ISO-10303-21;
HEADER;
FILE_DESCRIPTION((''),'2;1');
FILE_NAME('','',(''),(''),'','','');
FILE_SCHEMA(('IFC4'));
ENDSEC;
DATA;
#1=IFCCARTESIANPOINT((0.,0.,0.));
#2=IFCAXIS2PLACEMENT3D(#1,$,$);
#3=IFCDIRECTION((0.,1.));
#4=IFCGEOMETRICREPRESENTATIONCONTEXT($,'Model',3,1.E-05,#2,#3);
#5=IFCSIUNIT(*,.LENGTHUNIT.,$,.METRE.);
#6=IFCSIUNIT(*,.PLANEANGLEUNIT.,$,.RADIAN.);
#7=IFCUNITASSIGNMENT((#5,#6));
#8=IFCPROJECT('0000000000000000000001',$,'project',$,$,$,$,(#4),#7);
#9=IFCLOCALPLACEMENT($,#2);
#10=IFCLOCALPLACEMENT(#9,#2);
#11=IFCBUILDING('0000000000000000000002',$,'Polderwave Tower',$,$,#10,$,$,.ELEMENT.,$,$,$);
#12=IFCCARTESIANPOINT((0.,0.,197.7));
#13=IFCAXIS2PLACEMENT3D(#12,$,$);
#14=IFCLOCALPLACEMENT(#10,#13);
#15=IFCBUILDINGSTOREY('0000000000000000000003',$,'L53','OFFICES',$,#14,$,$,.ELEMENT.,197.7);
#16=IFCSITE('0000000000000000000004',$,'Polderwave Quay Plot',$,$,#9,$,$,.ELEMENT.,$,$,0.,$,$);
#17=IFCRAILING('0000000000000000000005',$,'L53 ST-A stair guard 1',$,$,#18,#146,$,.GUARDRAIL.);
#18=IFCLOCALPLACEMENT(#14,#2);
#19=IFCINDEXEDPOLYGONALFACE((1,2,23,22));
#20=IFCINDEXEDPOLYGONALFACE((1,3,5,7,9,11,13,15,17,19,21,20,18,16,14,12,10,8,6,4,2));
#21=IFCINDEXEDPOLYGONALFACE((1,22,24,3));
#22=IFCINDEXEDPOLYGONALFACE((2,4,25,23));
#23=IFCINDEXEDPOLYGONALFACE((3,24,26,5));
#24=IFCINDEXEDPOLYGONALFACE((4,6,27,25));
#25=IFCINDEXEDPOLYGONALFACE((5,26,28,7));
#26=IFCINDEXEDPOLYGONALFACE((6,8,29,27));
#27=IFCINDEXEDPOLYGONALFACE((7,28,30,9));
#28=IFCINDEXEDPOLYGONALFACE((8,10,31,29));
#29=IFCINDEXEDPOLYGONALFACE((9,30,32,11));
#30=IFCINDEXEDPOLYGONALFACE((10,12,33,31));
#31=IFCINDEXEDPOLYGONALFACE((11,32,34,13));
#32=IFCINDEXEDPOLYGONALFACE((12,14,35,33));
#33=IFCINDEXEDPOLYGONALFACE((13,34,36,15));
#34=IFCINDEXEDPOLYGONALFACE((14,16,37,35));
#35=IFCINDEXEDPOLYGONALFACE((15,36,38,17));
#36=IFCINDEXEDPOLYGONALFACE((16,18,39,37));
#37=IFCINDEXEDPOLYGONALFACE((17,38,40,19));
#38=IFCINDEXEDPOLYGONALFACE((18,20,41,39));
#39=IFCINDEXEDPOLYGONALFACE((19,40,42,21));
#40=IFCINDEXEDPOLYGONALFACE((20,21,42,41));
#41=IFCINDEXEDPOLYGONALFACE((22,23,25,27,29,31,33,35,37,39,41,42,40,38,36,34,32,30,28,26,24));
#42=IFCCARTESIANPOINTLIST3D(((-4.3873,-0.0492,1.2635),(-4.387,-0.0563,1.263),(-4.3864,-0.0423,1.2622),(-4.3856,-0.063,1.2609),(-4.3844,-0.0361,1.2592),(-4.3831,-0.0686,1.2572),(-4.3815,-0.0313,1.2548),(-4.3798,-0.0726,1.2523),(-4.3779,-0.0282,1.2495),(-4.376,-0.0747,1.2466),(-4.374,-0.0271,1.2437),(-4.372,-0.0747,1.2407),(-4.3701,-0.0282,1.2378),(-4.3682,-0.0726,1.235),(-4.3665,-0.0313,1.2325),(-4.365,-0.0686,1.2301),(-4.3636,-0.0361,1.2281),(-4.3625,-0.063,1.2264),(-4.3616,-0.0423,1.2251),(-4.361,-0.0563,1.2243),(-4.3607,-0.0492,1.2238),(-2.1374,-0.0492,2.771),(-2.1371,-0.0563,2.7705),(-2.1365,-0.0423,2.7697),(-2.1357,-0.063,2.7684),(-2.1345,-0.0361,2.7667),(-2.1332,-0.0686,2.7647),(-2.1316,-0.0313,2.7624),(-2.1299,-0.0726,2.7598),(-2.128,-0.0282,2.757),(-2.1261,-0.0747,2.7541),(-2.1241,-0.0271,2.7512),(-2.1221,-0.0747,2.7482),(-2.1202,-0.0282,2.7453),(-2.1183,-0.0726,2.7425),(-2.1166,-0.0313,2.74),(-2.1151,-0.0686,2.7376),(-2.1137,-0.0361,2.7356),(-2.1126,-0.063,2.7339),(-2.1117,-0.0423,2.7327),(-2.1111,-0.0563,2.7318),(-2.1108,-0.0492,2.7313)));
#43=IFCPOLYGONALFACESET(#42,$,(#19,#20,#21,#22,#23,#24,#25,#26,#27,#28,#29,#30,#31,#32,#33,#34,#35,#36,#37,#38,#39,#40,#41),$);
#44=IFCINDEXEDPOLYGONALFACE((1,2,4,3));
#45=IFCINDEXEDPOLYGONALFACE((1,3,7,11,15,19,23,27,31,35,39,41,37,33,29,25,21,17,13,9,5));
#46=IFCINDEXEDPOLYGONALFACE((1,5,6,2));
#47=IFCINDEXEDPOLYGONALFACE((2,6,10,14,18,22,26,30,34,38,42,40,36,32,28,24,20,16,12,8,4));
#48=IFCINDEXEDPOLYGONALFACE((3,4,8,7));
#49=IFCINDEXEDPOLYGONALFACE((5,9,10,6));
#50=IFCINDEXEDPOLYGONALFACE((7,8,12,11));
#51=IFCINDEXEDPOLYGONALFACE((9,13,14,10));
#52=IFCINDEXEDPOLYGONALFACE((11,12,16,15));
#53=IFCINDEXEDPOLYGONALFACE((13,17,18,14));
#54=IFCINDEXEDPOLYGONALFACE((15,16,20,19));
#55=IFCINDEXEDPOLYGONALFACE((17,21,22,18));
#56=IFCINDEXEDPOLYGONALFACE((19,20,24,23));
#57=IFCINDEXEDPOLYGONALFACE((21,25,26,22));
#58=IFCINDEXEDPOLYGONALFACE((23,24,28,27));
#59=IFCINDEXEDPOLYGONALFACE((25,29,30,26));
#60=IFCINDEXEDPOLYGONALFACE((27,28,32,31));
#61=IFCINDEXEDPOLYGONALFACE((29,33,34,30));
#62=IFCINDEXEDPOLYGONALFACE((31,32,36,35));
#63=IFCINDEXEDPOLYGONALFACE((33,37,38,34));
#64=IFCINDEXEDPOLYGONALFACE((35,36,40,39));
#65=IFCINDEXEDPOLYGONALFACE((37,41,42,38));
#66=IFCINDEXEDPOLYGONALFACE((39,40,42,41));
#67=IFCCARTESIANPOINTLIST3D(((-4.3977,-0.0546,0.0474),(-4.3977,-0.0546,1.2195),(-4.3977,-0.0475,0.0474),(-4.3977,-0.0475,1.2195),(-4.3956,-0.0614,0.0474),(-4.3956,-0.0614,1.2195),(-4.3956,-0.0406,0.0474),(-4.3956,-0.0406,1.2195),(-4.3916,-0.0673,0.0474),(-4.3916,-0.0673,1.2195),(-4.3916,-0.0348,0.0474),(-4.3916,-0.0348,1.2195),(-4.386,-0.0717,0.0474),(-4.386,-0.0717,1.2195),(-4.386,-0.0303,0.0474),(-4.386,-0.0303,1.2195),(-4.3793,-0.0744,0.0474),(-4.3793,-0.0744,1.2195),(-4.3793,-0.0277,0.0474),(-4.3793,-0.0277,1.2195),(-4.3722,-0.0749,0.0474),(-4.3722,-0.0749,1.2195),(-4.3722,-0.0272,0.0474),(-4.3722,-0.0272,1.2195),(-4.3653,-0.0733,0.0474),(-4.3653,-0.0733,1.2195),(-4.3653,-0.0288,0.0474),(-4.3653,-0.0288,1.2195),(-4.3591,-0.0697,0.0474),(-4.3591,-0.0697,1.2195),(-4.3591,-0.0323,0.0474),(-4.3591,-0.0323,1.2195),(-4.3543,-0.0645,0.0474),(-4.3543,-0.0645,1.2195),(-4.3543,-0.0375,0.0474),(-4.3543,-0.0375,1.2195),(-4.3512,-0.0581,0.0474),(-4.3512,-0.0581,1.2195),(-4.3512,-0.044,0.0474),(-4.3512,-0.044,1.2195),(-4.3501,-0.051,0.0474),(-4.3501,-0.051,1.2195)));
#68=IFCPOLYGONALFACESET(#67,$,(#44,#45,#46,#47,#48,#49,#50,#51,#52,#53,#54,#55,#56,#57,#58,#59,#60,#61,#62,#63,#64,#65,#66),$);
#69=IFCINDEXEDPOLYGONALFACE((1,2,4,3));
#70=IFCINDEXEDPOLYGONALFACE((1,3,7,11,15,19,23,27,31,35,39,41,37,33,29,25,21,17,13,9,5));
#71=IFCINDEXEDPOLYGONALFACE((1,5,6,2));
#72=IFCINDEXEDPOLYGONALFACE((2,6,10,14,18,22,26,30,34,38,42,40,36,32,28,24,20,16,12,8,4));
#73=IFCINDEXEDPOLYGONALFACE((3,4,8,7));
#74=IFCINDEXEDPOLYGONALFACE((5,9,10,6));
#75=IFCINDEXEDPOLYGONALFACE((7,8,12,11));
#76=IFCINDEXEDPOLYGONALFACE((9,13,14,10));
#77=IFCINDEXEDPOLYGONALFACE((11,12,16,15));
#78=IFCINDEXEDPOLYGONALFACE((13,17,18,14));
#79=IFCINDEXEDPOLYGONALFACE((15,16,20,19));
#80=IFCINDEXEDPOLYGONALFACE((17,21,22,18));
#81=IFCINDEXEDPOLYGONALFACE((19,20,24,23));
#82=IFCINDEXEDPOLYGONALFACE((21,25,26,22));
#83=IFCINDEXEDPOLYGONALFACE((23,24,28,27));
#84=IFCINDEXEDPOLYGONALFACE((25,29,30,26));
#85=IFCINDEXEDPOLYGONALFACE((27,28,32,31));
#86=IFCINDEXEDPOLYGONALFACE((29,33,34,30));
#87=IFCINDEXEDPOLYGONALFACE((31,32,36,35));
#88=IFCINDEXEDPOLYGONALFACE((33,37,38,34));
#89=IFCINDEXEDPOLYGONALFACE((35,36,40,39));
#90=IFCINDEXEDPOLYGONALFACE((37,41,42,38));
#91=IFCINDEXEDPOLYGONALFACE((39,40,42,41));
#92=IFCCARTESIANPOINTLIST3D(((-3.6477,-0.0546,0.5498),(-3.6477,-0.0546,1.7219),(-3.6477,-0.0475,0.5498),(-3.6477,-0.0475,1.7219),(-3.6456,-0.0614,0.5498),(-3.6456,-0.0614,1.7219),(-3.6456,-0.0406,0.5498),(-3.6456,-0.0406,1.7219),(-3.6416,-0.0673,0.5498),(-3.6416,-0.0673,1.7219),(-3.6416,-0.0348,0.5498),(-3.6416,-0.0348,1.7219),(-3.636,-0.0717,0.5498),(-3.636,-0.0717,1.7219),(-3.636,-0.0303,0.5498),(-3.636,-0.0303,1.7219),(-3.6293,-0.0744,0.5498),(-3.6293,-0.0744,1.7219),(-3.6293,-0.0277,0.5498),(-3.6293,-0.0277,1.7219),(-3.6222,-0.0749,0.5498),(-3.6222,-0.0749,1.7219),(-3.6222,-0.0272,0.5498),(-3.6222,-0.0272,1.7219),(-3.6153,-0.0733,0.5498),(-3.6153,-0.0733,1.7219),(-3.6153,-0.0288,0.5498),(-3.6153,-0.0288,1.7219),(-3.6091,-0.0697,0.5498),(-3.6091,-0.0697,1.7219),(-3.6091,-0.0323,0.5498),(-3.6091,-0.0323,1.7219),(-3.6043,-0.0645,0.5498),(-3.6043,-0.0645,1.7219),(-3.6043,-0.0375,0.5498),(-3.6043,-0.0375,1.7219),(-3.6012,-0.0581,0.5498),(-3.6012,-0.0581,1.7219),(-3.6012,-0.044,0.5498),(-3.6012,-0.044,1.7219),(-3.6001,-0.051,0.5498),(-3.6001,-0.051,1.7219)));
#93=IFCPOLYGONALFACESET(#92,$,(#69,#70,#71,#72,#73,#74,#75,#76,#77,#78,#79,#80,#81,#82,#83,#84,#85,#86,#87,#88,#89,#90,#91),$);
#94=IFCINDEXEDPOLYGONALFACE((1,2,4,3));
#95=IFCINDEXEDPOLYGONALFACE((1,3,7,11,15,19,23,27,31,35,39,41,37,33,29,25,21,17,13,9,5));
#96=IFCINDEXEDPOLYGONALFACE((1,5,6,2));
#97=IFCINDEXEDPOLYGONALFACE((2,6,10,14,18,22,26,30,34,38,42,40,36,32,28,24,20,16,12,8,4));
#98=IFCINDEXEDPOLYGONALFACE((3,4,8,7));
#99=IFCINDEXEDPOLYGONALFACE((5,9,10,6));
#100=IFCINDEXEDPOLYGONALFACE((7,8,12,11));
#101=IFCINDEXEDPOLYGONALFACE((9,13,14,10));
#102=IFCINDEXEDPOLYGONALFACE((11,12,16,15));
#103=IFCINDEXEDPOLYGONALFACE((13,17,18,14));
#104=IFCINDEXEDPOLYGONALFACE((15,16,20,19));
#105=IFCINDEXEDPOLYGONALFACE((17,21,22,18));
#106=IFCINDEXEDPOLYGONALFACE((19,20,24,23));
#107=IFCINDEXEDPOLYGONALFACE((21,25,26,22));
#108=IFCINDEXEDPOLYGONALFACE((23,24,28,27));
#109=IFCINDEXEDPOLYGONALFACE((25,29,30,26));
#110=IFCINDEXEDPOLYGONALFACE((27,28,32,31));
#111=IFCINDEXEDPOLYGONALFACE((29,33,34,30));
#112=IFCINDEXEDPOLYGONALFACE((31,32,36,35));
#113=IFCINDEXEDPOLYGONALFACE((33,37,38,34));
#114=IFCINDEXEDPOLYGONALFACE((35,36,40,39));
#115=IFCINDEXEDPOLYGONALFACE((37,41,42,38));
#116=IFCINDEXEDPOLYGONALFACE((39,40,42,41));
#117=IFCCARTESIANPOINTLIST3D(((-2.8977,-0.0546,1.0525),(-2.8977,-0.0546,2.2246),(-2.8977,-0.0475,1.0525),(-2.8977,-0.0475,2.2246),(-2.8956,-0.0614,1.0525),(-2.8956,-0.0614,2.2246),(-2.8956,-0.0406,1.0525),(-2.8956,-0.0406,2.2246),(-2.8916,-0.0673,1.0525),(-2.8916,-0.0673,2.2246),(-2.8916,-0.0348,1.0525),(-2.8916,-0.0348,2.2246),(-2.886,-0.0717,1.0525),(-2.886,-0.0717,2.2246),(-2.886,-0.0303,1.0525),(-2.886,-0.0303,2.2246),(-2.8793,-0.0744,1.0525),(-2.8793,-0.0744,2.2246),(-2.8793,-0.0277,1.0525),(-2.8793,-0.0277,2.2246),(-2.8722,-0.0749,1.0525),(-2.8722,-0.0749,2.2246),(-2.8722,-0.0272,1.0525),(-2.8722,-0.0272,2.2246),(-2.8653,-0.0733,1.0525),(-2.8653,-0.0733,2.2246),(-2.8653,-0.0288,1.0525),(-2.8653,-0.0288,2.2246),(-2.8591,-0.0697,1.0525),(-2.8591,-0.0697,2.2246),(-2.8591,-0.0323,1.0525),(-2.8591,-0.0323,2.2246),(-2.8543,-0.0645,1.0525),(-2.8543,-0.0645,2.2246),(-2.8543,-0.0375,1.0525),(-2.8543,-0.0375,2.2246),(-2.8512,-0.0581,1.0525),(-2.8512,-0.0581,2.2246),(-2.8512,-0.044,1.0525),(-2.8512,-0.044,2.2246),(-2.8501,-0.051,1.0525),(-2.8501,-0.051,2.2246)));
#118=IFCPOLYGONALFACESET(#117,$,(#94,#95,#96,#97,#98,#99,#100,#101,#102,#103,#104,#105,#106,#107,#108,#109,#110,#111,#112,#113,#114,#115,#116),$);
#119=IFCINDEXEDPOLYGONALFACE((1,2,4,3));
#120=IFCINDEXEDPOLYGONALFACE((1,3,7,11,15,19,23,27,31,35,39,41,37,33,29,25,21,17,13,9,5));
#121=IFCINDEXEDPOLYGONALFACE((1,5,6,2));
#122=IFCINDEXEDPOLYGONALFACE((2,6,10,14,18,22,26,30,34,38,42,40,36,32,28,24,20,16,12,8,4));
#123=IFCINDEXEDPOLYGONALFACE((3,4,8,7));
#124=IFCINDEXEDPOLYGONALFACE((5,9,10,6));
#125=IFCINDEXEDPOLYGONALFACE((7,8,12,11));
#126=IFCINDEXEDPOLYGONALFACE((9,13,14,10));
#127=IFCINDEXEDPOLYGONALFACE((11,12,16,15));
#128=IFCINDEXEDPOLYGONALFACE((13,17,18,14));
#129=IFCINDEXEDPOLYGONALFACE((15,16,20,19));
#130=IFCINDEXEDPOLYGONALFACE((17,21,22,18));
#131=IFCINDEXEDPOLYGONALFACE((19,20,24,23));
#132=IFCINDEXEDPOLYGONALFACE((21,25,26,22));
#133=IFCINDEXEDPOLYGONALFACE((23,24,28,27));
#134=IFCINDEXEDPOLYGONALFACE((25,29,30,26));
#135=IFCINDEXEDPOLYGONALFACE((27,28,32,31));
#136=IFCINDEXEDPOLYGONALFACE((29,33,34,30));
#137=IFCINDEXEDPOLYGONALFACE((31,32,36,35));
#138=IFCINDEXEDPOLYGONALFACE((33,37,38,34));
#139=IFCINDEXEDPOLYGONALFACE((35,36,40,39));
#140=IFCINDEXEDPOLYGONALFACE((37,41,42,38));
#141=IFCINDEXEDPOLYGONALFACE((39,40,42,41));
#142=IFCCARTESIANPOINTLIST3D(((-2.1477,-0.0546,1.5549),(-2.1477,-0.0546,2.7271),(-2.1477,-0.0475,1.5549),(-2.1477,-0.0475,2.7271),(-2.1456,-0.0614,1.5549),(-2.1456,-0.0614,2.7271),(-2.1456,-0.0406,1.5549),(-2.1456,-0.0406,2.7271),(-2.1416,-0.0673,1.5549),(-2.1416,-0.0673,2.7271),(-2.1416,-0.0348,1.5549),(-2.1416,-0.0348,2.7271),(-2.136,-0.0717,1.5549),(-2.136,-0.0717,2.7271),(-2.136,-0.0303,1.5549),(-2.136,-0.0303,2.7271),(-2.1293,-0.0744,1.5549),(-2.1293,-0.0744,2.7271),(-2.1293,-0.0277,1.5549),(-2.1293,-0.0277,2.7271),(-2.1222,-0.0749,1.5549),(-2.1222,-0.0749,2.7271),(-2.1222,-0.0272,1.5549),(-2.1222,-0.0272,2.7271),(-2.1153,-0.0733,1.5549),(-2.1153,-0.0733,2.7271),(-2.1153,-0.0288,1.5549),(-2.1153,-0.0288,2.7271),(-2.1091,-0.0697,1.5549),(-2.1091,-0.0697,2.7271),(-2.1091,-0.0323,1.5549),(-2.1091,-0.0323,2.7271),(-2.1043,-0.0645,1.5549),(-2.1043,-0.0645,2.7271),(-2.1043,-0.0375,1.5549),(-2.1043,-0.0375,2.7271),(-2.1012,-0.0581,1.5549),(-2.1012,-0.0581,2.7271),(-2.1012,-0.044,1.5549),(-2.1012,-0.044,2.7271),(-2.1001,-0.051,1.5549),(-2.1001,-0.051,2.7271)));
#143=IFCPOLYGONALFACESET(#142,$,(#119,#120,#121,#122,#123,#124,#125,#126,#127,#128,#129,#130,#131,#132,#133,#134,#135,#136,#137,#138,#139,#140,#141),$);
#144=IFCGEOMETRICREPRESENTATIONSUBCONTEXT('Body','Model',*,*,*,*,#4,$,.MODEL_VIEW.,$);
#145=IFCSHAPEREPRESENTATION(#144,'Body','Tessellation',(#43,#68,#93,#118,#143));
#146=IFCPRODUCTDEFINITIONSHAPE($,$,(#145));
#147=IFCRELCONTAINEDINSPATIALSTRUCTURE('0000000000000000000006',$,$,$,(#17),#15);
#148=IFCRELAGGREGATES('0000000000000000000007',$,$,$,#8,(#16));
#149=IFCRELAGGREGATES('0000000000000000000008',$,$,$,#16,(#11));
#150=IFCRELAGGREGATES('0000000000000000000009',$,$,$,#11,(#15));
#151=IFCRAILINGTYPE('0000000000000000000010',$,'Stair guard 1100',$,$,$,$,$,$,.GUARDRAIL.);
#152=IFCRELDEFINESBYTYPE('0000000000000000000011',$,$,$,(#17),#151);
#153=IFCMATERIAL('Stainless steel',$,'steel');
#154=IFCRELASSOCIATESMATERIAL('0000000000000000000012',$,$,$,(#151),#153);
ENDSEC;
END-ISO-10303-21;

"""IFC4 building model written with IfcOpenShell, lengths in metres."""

from ifc_helpers import new_model, si_unit, direction, frame, origin, origin_2d, place, context, subcontext, project, spatial, circle, extrude, material, type_object, element, save


model = new_model("IFC4")

# Units and contexts
model_context = context("Model", 3, precision=1e-05, world=origin(), true_north=direction((0.0, 1.0)))
body_context = subcontext(model_context, "Body", "Model", "MODEL_VIEW")
ifc_project = project(units=[si_unit("LENGTHUNIT", "METRE"), si_unit("PLANEANGLEUNIT", "RADIAN")], contexts=[model_context])

# Site, building, storey
site_placement = place(None, origin())
site = spatial("IfcSite", under=ifc_project, at=site_placement, Name="Polderwave Quay Plot", CompositionType="ELEMENT", RefElevation=0.0)
building_placement = place(site_placement, origin())
building = spatial("IfcBuilding", under=site, at=building_placement, Name="Polderwave Tower", CompositionType="ELEMENT")
storey_placement = place(building_placement, frame((0.0, 0.0, 197.7)))
storey = spatial("IfcBuildingStorey", under=building, at=storey_placement, Name="L53", Description="OFFICES", CompositionType="ELEMENT", Elevation=197.7)

# Shared definitions
ifc_material_1 = material(Name="Stainless steel", Category="steel")

# Railing
railing_type_1 = type_object("IfcRailingType", Name="Stair guard 1100", PredefinedType="GUARDRAIL", material=ifc_material_1)
railing_1_placement = place(storey_placement, frame((-4.374, -0.051, 0.0474)))
element("IfcRailing", 1, at=railing_1_placement, inside=storey, type_object=railing_type_1, Name="L53 ST-A stair guard 1", PredefinedType="GUARDRAIL", context=body_context, shape_type="SweptSolid", body=[
    extrude(circle(Radius=0.0239, at=origin_2d()), frame((0.0, 0.0, 1.1963), z_axis=(0.830758, 0.0, 0.556633), x_axis=(0.0, 1.0, 0.0)), (0.0, 0.0, 1.0), 2.7083),
    extrude(circle(Radius=0.0239, at=origin_2d()), origin(), (0.0, 0.0, 1.0), 1.1721),
    extrude(circle(Radius=0.0239, at=origin_2d()), frame((0.75, 0.0, 0.5024)), (0.0, 0.0, 1.0), 1.1721),
    extrude(circle(Radius=0.0239, at=origin_2d()), frame((1.5, 0.0, 1.0051)), (0.0, 0.0, 1.0), 1.1721),
    extrude(circle(Radius=0.0239, at=origin_2d()), frame((2.25, 0.0, 1.5076)), (0.0, 0.0, 1.0), 1.1721),
])

save(model, "model.ifc")
